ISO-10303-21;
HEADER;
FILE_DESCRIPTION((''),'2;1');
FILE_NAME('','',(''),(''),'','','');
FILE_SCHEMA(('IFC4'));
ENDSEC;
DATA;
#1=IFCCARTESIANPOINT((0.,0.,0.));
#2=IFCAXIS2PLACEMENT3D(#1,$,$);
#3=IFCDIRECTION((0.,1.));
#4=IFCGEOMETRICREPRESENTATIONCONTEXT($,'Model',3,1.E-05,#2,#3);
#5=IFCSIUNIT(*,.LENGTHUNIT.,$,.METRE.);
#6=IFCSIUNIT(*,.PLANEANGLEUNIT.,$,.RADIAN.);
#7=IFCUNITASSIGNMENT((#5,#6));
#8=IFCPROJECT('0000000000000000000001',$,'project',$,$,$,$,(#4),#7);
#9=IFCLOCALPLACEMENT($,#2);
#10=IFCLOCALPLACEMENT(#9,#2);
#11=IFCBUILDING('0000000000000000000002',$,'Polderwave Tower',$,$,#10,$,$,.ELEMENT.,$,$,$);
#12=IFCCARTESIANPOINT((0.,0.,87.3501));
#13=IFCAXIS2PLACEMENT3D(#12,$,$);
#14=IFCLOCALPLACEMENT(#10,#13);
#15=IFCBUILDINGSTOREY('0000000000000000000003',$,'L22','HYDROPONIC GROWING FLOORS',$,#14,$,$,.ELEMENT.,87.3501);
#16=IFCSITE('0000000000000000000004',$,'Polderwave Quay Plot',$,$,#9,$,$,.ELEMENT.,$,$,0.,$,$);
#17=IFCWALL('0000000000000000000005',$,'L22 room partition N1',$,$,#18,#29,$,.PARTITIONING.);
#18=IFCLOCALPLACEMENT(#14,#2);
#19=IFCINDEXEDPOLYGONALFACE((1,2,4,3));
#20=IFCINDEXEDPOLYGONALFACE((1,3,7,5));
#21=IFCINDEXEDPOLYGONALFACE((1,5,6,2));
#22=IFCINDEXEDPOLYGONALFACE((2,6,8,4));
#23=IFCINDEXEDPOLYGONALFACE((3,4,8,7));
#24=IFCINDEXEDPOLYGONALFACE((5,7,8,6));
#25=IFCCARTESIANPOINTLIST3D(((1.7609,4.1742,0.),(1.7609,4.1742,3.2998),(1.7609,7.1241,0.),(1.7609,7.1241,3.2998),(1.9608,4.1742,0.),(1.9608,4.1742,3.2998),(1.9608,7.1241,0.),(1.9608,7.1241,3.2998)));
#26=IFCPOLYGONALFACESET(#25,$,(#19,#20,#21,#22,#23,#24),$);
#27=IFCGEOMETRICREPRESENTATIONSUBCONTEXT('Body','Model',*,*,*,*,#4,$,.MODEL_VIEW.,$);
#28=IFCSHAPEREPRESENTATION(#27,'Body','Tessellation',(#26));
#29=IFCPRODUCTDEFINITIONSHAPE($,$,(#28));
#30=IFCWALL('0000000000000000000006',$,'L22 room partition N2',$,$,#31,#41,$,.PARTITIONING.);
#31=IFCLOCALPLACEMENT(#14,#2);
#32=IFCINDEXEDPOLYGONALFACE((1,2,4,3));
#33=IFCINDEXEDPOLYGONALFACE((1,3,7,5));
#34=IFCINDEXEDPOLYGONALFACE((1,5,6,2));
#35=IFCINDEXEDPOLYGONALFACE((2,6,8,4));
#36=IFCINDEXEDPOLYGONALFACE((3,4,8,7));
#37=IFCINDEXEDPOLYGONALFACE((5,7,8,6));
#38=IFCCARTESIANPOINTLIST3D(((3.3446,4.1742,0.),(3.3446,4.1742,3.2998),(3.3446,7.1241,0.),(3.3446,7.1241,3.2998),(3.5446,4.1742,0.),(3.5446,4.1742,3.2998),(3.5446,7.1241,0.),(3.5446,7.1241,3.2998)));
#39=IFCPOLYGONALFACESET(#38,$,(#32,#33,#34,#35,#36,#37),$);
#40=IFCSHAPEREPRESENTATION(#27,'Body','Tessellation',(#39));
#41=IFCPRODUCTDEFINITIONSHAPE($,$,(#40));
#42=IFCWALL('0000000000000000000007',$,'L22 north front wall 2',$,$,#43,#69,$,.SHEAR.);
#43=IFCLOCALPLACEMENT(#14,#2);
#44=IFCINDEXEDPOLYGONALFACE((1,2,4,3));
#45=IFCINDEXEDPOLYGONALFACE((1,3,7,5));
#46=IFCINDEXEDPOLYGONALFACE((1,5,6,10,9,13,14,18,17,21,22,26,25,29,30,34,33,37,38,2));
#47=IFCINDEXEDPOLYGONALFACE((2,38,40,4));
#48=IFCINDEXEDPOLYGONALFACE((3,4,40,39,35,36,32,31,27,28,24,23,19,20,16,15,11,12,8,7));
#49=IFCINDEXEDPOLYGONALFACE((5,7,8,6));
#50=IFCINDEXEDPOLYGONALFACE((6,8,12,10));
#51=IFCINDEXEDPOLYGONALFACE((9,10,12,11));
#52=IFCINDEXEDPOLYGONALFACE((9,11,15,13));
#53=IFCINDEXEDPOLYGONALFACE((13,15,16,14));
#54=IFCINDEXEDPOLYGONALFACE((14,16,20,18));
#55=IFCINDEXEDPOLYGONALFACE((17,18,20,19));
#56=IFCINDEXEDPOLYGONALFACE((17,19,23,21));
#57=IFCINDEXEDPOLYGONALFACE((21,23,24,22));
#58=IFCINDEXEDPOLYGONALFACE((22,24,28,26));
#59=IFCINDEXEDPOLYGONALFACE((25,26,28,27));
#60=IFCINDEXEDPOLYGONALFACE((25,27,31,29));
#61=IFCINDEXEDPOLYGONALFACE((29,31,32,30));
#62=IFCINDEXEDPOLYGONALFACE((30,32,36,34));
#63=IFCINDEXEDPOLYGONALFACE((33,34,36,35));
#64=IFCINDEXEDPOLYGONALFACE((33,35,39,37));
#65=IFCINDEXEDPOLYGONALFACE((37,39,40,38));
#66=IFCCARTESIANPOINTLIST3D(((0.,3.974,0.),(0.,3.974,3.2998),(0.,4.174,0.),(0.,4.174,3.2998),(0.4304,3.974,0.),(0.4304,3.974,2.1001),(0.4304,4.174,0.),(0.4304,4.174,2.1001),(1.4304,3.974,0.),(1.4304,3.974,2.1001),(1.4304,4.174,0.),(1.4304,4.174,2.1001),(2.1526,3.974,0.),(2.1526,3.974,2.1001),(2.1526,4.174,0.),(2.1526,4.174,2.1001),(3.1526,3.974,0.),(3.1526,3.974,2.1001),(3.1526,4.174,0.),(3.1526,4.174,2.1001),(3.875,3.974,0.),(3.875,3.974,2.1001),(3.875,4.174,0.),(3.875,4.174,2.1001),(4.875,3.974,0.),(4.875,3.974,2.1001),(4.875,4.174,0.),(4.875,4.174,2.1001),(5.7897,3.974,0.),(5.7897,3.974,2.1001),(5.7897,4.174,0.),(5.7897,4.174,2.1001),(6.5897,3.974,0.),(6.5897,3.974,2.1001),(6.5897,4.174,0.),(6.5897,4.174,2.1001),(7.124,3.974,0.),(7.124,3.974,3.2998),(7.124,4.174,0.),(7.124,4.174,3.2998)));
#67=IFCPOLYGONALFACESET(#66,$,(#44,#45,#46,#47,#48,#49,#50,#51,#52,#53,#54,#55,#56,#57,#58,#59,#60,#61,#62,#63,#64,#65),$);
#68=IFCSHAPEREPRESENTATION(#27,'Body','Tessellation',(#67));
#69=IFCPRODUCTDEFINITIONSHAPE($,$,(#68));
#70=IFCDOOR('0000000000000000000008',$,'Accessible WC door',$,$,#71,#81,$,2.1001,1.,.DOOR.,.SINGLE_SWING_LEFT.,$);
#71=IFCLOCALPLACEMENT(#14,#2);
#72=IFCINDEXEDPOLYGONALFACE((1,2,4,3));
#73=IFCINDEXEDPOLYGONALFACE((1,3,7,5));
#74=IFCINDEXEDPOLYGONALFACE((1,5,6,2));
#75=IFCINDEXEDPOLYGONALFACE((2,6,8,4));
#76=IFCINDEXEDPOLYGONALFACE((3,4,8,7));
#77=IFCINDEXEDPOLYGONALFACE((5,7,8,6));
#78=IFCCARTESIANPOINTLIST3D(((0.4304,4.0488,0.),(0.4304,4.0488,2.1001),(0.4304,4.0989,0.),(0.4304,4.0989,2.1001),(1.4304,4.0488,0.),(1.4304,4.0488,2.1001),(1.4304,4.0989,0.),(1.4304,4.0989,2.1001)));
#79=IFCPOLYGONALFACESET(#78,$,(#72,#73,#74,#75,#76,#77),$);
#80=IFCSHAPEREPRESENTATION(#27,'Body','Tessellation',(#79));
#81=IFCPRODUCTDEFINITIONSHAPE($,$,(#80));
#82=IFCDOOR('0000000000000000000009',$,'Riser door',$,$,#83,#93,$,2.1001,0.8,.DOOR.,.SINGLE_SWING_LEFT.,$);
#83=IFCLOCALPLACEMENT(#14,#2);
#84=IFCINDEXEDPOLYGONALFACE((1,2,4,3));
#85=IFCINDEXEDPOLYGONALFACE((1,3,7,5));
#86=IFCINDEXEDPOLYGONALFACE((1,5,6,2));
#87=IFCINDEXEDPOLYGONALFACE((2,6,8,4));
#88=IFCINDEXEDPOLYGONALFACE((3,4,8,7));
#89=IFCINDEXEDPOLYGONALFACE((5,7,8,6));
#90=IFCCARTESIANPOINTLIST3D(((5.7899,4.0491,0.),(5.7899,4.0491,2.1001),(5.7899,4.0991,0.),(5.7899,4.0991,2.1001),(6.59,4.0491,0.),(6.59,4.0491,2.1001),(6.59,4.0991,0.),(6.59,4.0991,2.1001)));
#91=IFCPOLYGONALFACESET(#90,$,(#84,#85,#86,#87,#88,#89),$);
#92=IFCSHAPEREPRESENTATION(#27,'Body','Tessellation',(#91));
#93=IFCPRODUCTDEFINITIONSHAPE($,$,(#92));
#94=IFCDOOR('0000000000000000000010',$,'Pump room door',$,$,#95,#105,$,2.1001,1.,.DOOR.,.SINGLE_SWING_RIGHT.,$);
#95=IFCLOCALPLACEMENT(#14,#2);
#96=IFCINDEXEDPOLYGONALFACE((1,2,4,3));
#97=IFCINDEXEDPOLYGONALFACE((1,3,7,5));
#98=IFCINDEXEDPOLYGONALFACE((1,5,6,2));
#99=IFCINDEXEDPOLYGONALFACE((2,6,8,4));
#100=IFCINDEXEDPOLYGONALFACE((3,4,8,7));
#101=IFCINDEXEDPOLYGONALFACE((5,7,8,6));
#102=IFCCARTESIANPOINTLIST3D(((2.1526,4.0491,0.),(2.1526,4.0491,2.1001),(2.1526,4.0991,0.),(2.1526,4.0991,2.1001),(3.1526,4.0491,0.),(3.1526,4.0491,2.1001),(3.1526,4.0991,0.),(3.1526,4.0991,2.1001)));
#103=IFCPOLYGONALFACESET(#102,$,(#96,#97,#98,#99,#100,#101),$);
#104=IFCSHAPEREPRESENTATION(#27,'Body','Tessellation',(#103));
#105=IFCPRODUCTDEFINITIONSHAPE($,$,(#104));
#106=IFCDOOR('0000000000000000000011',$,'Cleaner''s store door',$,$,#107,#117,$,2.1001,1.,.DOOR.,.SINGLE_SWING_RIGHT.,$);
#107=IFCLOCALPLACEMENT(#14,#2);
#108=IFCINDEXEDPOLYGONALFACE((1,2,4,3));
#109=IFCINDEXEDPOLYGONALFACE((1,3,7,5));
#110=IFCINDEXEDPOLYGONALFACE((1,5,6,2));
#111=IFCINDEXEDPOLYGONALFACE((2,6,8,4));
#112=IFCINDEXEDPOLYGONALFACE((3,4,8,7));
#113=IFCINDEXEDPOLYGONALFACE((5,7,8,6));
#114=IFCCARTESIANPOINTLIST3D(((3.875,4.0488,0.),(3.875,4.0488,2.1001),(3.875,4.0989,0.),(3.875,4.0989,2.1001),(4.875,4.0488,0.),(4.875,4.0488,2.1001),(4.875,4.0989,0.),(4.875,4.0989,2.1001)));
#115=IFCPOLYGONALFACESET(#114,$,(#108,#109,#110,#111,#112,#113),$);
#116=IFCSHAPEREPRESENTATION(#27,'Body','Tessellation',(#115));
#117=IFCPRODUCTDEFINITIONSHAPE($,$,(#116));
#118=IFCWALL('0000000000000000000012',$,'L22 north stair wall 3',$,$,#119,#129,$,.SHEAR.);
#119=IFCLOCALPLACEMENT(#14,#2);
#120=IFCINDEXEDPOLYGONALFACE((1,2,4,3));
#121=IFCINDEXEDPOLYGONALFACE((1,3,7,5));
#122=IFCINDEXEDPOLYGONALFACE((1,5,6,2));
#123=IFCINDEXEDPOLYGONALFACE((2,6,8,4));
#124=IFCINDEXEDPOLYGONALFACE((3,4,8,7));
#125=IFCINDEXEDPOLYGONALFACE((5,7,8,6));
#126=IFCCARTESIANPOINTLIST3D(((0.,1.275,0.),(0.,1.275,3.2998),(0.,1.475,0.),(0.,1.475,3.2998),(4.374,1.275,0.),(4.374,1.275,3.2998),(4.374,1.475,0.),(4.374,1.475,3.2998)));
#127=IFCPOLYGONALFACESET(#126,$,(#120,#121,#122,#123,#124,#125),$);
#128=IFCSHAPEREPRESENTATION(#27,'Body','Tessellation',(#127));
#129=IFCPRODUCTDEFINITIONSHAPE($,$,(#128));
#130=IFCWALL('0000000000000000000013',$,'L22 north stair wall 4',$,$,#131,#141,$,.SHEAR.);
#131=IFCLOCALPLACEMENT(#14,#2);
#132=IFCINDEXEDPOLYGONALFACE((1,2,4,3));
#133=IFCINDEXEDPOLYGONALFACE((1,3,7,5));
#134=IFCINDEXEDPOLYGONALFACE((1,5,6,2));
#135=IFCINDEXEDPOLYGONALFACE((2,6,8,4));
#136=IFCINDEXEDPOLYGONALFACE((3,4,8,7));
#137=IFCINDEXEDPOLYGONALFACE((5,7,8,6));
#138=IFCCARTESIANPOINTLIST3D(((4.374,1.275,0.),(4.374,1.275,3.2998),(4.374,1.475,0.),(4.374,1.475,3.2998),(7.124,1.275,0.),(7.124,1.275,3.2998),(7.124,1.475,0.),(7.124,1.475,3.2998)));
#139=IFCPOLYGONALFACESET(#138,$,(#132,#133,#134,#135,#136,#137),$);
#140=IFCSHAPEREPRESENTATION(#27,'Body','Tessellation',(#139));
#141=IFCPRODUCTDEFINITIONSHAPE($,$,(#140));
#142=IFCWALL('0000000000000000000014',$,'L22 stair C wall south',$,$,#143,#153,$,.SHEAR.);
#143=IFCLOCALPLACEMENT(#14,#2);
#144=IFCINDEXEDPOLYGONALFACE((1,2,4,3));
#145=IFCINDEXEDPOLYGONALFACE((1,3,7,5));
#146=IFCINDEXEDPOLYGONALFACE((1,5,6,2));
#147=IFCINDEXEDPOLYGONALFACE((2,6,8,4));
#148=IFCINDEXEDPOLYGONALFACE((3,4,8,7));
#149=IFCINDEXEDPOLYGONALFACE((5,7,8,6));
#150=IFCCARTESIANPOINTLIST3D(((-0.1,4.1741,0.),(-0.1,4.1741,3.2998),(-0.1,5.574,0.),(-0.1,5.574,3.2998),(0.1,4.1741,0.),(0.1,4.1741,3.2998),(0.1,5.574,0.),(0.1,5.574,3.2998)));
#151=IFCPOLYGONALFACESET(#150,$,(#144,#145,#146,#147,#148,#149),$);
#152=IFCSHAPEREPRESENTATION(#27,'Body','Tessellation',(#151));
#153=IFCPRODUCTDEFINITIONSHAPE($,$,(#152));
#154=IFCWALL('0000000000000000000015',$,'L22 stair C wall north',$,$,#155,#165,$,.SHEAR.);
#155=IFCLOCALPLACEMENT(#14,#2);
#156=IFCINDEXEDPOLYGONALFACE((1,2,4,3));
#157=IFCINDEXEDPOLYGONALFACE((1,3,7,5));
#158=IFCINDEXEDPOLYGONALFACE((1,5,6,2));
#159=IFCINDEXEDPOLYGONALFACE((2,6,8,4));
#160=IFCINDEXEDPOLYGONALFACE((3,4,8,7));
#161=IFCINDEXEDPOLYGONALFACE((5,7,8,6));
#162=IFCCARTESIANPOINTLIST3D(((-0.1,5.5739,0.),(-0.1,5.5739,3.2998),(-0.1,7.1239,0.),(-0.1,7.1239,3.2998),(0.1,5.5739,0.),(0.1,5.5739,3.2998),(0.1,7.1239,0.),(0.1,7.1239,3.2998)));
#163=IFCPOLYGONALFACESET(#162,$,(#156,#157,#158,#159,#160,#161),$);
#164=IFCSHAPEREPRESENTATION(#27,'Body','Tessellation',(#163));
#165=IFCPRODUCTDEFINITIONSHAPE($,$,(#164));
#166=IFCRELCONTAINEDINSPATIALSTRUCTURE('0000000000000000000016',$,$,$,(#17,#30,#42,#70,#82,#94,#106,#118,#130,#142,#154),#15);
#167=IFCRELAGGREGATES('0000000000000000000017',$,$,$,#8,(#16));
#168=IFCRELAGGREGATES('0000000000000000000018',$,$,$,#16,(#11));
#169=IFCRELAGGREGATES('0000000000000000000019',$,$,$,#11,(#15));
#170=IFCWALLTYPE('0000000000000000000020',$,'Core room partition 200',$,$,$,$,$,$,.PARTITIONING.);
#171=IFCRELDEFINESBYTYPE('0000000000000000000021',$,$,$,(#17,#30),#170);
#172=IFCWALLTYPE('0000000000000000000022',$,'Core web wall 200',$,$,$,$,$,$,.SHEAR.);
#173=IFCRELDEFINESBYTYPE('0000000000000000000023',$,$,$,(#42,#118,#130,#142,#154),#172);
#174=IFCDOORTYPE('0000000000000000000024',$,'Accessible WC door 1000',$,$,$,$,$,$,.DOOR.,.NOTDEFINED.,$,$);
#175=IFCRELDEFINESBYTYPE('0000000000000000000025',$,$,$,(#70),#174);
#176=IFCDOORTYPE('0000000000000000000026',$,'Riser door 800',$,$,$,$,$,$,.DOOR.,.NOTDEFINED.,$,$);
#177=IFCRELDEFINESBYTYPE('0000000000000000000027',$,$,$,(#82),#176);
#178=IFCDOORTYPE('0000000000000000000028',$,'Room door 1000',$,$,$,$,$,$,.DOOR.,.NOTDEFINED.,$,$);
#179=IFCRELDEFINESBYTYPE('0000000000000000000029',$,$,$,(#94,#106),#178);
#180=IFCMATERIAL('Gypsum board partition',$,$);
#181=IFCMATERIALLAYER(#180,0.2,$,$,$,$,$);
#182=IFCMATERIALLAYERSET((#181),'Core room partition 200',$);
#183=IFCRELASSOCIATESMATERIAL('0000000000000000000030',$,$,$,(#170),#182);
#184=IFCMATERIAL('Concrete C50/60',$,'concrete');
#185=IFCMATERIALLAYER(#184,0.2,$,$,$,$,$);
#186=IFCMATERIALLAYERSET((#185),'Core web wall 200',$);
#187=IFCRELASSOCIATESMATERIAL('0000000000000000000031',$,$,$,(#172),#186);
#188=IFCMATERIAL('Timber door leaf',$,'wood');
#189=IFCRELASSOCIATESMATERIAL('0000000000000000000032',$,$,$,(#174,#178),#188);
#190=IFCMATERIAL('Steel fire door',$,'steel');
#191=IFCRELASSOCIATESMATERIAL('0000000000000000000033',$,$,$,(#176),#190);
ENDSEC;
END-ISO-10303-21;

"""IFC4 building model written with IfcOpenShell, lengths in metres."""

from ifc_helpers import new_model, si_unit, direction, frame, frame_2d, origin, place, context, subcontext, project, spatial, rectangle, extrude, material, layer, layer_set, type_object, element, fill, save


model = new_model("IFC4")

# Units and contexts
model_context = context("Model", 3, precision=1e-05, world=origin(), true_north=direction((0.0, 1.0)))
body_context = subcontext(model_context, "Body", "Model", "MODEL_VIEW")
ifc_project = project(units=[si_unit("LENGTHUNIT", "METRE"), si_unit("PLANEANGLEUNIT", "RADIAN")], contexts=[model_context])

# Site, building, storey
site_placement = place(None, origin())
site = spatial("IfcSite", under=ifc_project, at=site_placement, Name="Polderwave Quay Plot", CompositionType="ELEMENT", RefElevation=0.0)
building_placement = place(site_placement, origin())
building = spatial("IfcBuilding", under=site, at=building_placement, Name="Polderwave Tower", CompositionType="ELEMENT")
storey_placement = place(building_placement, frame((0.0, 0.0, 87.3501)))
storey = spatial("IfcBuildingStorey", under=building, at=storey_placement, Name="L22", Description="HYDROPONIC GROWING FLOORS", CompositionType="ELEMENT", Elevation=87.3501)

# Walls
ifc_material_1 = material(Name="Gypsum board partition")
ifc_layer_1 = layer(ifc_material_1, 0.2)
ifc_layer_set_1 = layer_set([ifc_layer_1], Name="Core room partition 200")
wall_type_1 = type_object("IfcWallType", Name="Core room partition 200", PredefinedType="PARTITIONING", material=ifc_layer_set_1)
for number, where, z_axis, x_axis, name in (
    (1, (1.8608, 4.1741, 0.0), (0.0, 0.0, 1.0), (0.0, 1.0, 0.0), "L22 room partition N1"),
    (2, (3.4446, 4.1741, 0.0), (0.0, 0.0, 1.0), (0.0, 1.0, 0.0), "L22 room partition N2"),
):
    element("IfcWall", number, at=place(storey_placement, frame(where, z_axis=z_axis, x_axis=x_axis)), inside=storey, type_object=wall_type_1, Name=name, PredefinedType="PARTITIONING", context=body_context, shape_type="SweptSolid", body=[
        extrude(rectangle(XDim=2.95, YDim=0.2, at=frame_2d((1.4751, 0.0))), origin(), (0.0, 0.0, 1.0), 3.2998),
    ])

# Wall, openings, doors
ifc_material_2 = material(Name="Concrete C50/60", Category="concrete")
ifc_layer_2 = layer(ifc_material_2, 0.2)
ifc_layer_set_2 = layer_set([ifc_layer_2], Name="Core web wall 200")
wall_type_2 = type_object("IfcWallType", Name="Core web wall 200", PredefinedType="SHEAR", material=ifc_layer_set_2)
wall_1_placement = place(storey_placement, frame((0.0, 4.074, 0.0), z_axis=(0.0, 0.0, 1.0), x_axis=(1.0, 0.0, 0.0)))
wall_1 = element("IfcWall", 3, at=wall_1_placement, inside=storey, type_object=wall_type_2, Name="L22 north front wall 2", PredefinedType="SHEAR", context=body_context, shape_type="SweptSolid", body=[
    extrude(rectangle(XDim=7.124, YDim=0.2, at=frame_2d((3.562, 0.0))), origin(), (0.0, 0.0, 1.0), 3.2998),
])
opening_1_placement = place(wall_1_placement, frame((0.4304, 0.0, 0.0)))
opening_1 = element("IfcOpeningElement", 4, at=opening_1_placement, cuts=wall_1, PredefinedType="OPENING", context=body_context, shape_type="SweptSolid", body=[
    extrude(rectangle(XDim=1.0, YDim=2.1001, at=frame_2d((0.5, 1.05))), frame((0.0, 0.1099, 0.0), z_axis=(0.0, -1.0, 0.0), x_axis=(1.0, 0.0, 0.0)), (0.0, 0.0, 1.0), 0.22),
])
opening_2_placement = place(wall_1_placement, frame((2.1526, 0.0, 0.0)))
opening_2 = element("IfcOpeningElement", 5, at=opening_2_placement, cuts=wall_1, PredefinedType="OPENING", context=body_context, shape_type="SweptSolid", body=[
    extrude(rectangle(XDim=1.0, YDim=2.1001, at=frame_2d((0.5, 1.05))), frame((0.0, 0.1099, 0.0), z_axis=(0.0, -1.0, 0.0), x_axis=(1.0, 0.0, 0.0)), (0.0, 0.0, 1.0), 0.22),
])
opening_3_placement = place(wall_1_placement, frame((3.875, 0.0, 0.0)))
opening_3 = element("IfcOpeningElement", 6, at=opening_3_placement, cuts=wall_1, PredefinedType="OPENING", context=body_context, shape_type="SweptSolid", body=[
    extrude(rectangle(XDim=1.0, YDim=2.1001, at=frame_2d((0.5, 1.05))), frame((0.0, 0.1099, 0.0), z_axis=(0.0, -1.0, 0.0), x_axis=(1.0, 0.0, 0.0)), (0.0, 0.0, 1.0), 0.22),
])
opening_4_placement = place(wall_1_placement, frame((5.7898, 0.0, 0.0)))
opening_4 = element("IfcOpeningElement", 7, at=opening_4_placement, cuts=wall_1, PredefinedType="OPENING", context=body_context, shape_type="SweptSolid", body=[
    extrude(rectangle(XDim=0.8, YDim=2.1001, at=frame_2d((0.3999, 1.05))), frame((0.0, 0.1099, 0.0), z_axis=(0.0, -1.0, 0.0), x_axis=(1.0, 0.0, 0.0)), (0.0, 0.0, 1.0), 0.22),
])
ifc_material_3 = material(Name="Timber door leaf", Category="wood")
door_type_1 = type_object("IfcDoorType", Name="Accessible WC door 1000", OperationType="NOTDEFINED", PredefinedType="DOOR", material=ifc_material_3)
door_1_placement = place(opening_1_placement, origin())
door_1 = element("IfcDoor", 8, at=door_1_placement, inside=storey, type_object=door_type_1, Name="Accessible WC door", OperationType="SINGLE_SWING_LEFT", OverallHeight=2.1001, OverallWidth=1.0, PredefinedType="DOOR", context=body_context, shape_type="SweptSolid", body=[
    extrude(rectangle(XDim=1.0, YDim=2.1001, at=frame_2d((0.5, 1.05))), frame((0.0, 0.0249, 0.0), z_axis=(0.0, -1.0, 0.0), x_axis=(1.0, 0.0, 0.0)), (0.0, 0.0, 1.0), 0.05),
])
fill(opening_1, door_1)
ifc_material_4 = material(Name="Steel fire door", Category="steel")
door_type_2 = type_object("IfcDoorType", Name="Riser door 800", OperationType="NOTDEFINED", PredefinedType="DOOR", material=ifc_material_4)
door_2_placement = place(opening_4_placement, frame((0.8, 0.0, 0.0), z_axis=(0.0, 0.0, 1.0), x_axis=(-1.0, 0.0, 0.0)))
door_2 = element("IfcDoor", 9, at=door_2_placement, inside=storey, type_object=door_type_2, Name="Riser door", OperationType="SINGLE_SWING_LEFT", OverallHeight=2.1001, OverallWidth=0.8, PredefinedType="DOOR", context=body_context, shape_type="SweptSolid", body=[
    extrude(rectangle(XDim=0.8, YDim=2.1001, at=frame_2d((0.3999, 1.05))), frame((0.0, 0.0249, 0.0), z_axis=(0.0, -1.0, 0.0), x_axis=(1.0, 0.0, 0.0)), (0.0, 0.0, 1.0), 0.05),
])
fill(opening_4, door_2)
door_type_3 = type_object("IfcDoorType", Name="Room door 1000", OperationType="NOTDEFINED", PredefinedType="DOOR", material=ifc_material_3)
door_3_placement = place(opening_2_placement, frame((1.0, 0.0, 0.0), z_axis=(0.0, 0.0, 1.0), x_axis=(-1.0, 0.0, 0.0)))
door_3 = element("IfcDoor", 10, at=door_3_placement, inside=storey, type_object=door_type_3, Name="Pump room door", OperationType="SINGLE_SWING_RIGHT", OverallHeight=2.1001, OverallWidth=1.0, PredefinedType="DOOR", context=body_context, shape_type="SweptSolid", body=[
    extrude(rectangle(XDim=1.0, YDim=2.1001, at=frame_2d((0.5, 1.05))), frame((0.0, 0.0249, 0.0), z_axis=(0.0, -1.0, 0.0), x_axis=(1.0, 0.0, 0.0)), (0.0, 0.0, 1.0), 0.05),
])
fill(opening_2, door_3)
door_4_placement = place(opening_3_placement, origin())
door_4 = element("IfcDoor", 11, at=door_4_placement, inside=storey, type_object=door_type_3, Name="Cleaner's store door", OperationType="SINGLE_SWING_RIGHT", OverallHeight=2.1001, OverallWidth=1.0, PredefinedType="DOOR", context=body_context, shape_type="SweptSolid", body=[
    extrude(rectangle(XDim=1.0, YDim=2.1001, at=frame_2d((0.5, 1.05))), frame((0.0, 0.0249, 0.0), z_axis=(0.0, -1.0, 0.0), x_axis=(1.0, 0.0, 0.0)), (0.0, 0.0, 1.0), 0.05),
])
fill(opening_3, door_4)

# Walls
wall_2_placement = place(storey_placement, frame((0.0, 1.375, 0.0), z_axis=(0.0, 0.0, 1.0), x_axis=(1.0, 0.0, 0.0)))
element("IfcWall", 12, at=wall_2_placement, inside=storey, type_object=wall_type_2, Name="L22 north stair wall 3", PredefinedType="SHEAR", context=body_context, shape_type="SweptSolid", body=[
    extrude(rectangle(XDim=4.374, YDim=0.2, at=frame_2d((2.187, 0.0))), origin(), (0.0, 0.0, 1.0), 3.2998),
])
wall_3_placement = place(storey_placement, frame((4.374, 1.375, 0.0), z_axis=(0.0, 0.0, 1.0), x_axis=(1.0, 0.0, 0.0)))
element("IfcWall", 13, at=wall_3_placement, inside=storey, type_object=wall_type_2, Name="L22 north stair wall 4", PredefinedType="SHEAR", context=body_context, shape_type="SweptSolid", body=[
    extrude(rectangle(XDim=2.75, YDim=0.2, at=frame_2d((1.375, 0.0))), origin(), (0.0, 0.0, 1.0), 3.2998),
])
wall_4_placement = place(storey_placement, frame((0.0, 4.1741, 0.0), z_axis=(0.0, 0.0, 1.0), x_axis=(0.0, 1.0, 0.0)))
element("IfcWall", 14, at=wall_4_placement, inside=storey, type_object=wall_type_2, Name="L22 stair C wall south", PredefinedType="SHEAR", context=body_context, shape_type="SweptSolid", body=[
    extrude(rectangle(XDim=1.3999, YDim=0.2, at=frame_2d((0.7, 0.0))), origin(), (0.0, 0.0, 1.0), 3.2998),
])
wall_5_placement = place(storey_placement, frame((0.0, 5.574, 0.0), z_axis=(0.0, 0.0, 1.0), x_axis=(0.0, 1.0, 0.0)))
element("IfcWall", 15, at=wall_5_placement, inside=storey, type_object=wall_type_2, Name="L22 stair C wall north", PredefinedType="SHEAR", context=body_context, shape_type="SweptSolid", body=[
    extrude(rectangle(XDim=1.55, YDim=0.2, at=frame_2d((0.7749, 0.0))), origin(), (0.0, 0.0, 1.0), 3.2998),
])

save(model, "model.ifc")
